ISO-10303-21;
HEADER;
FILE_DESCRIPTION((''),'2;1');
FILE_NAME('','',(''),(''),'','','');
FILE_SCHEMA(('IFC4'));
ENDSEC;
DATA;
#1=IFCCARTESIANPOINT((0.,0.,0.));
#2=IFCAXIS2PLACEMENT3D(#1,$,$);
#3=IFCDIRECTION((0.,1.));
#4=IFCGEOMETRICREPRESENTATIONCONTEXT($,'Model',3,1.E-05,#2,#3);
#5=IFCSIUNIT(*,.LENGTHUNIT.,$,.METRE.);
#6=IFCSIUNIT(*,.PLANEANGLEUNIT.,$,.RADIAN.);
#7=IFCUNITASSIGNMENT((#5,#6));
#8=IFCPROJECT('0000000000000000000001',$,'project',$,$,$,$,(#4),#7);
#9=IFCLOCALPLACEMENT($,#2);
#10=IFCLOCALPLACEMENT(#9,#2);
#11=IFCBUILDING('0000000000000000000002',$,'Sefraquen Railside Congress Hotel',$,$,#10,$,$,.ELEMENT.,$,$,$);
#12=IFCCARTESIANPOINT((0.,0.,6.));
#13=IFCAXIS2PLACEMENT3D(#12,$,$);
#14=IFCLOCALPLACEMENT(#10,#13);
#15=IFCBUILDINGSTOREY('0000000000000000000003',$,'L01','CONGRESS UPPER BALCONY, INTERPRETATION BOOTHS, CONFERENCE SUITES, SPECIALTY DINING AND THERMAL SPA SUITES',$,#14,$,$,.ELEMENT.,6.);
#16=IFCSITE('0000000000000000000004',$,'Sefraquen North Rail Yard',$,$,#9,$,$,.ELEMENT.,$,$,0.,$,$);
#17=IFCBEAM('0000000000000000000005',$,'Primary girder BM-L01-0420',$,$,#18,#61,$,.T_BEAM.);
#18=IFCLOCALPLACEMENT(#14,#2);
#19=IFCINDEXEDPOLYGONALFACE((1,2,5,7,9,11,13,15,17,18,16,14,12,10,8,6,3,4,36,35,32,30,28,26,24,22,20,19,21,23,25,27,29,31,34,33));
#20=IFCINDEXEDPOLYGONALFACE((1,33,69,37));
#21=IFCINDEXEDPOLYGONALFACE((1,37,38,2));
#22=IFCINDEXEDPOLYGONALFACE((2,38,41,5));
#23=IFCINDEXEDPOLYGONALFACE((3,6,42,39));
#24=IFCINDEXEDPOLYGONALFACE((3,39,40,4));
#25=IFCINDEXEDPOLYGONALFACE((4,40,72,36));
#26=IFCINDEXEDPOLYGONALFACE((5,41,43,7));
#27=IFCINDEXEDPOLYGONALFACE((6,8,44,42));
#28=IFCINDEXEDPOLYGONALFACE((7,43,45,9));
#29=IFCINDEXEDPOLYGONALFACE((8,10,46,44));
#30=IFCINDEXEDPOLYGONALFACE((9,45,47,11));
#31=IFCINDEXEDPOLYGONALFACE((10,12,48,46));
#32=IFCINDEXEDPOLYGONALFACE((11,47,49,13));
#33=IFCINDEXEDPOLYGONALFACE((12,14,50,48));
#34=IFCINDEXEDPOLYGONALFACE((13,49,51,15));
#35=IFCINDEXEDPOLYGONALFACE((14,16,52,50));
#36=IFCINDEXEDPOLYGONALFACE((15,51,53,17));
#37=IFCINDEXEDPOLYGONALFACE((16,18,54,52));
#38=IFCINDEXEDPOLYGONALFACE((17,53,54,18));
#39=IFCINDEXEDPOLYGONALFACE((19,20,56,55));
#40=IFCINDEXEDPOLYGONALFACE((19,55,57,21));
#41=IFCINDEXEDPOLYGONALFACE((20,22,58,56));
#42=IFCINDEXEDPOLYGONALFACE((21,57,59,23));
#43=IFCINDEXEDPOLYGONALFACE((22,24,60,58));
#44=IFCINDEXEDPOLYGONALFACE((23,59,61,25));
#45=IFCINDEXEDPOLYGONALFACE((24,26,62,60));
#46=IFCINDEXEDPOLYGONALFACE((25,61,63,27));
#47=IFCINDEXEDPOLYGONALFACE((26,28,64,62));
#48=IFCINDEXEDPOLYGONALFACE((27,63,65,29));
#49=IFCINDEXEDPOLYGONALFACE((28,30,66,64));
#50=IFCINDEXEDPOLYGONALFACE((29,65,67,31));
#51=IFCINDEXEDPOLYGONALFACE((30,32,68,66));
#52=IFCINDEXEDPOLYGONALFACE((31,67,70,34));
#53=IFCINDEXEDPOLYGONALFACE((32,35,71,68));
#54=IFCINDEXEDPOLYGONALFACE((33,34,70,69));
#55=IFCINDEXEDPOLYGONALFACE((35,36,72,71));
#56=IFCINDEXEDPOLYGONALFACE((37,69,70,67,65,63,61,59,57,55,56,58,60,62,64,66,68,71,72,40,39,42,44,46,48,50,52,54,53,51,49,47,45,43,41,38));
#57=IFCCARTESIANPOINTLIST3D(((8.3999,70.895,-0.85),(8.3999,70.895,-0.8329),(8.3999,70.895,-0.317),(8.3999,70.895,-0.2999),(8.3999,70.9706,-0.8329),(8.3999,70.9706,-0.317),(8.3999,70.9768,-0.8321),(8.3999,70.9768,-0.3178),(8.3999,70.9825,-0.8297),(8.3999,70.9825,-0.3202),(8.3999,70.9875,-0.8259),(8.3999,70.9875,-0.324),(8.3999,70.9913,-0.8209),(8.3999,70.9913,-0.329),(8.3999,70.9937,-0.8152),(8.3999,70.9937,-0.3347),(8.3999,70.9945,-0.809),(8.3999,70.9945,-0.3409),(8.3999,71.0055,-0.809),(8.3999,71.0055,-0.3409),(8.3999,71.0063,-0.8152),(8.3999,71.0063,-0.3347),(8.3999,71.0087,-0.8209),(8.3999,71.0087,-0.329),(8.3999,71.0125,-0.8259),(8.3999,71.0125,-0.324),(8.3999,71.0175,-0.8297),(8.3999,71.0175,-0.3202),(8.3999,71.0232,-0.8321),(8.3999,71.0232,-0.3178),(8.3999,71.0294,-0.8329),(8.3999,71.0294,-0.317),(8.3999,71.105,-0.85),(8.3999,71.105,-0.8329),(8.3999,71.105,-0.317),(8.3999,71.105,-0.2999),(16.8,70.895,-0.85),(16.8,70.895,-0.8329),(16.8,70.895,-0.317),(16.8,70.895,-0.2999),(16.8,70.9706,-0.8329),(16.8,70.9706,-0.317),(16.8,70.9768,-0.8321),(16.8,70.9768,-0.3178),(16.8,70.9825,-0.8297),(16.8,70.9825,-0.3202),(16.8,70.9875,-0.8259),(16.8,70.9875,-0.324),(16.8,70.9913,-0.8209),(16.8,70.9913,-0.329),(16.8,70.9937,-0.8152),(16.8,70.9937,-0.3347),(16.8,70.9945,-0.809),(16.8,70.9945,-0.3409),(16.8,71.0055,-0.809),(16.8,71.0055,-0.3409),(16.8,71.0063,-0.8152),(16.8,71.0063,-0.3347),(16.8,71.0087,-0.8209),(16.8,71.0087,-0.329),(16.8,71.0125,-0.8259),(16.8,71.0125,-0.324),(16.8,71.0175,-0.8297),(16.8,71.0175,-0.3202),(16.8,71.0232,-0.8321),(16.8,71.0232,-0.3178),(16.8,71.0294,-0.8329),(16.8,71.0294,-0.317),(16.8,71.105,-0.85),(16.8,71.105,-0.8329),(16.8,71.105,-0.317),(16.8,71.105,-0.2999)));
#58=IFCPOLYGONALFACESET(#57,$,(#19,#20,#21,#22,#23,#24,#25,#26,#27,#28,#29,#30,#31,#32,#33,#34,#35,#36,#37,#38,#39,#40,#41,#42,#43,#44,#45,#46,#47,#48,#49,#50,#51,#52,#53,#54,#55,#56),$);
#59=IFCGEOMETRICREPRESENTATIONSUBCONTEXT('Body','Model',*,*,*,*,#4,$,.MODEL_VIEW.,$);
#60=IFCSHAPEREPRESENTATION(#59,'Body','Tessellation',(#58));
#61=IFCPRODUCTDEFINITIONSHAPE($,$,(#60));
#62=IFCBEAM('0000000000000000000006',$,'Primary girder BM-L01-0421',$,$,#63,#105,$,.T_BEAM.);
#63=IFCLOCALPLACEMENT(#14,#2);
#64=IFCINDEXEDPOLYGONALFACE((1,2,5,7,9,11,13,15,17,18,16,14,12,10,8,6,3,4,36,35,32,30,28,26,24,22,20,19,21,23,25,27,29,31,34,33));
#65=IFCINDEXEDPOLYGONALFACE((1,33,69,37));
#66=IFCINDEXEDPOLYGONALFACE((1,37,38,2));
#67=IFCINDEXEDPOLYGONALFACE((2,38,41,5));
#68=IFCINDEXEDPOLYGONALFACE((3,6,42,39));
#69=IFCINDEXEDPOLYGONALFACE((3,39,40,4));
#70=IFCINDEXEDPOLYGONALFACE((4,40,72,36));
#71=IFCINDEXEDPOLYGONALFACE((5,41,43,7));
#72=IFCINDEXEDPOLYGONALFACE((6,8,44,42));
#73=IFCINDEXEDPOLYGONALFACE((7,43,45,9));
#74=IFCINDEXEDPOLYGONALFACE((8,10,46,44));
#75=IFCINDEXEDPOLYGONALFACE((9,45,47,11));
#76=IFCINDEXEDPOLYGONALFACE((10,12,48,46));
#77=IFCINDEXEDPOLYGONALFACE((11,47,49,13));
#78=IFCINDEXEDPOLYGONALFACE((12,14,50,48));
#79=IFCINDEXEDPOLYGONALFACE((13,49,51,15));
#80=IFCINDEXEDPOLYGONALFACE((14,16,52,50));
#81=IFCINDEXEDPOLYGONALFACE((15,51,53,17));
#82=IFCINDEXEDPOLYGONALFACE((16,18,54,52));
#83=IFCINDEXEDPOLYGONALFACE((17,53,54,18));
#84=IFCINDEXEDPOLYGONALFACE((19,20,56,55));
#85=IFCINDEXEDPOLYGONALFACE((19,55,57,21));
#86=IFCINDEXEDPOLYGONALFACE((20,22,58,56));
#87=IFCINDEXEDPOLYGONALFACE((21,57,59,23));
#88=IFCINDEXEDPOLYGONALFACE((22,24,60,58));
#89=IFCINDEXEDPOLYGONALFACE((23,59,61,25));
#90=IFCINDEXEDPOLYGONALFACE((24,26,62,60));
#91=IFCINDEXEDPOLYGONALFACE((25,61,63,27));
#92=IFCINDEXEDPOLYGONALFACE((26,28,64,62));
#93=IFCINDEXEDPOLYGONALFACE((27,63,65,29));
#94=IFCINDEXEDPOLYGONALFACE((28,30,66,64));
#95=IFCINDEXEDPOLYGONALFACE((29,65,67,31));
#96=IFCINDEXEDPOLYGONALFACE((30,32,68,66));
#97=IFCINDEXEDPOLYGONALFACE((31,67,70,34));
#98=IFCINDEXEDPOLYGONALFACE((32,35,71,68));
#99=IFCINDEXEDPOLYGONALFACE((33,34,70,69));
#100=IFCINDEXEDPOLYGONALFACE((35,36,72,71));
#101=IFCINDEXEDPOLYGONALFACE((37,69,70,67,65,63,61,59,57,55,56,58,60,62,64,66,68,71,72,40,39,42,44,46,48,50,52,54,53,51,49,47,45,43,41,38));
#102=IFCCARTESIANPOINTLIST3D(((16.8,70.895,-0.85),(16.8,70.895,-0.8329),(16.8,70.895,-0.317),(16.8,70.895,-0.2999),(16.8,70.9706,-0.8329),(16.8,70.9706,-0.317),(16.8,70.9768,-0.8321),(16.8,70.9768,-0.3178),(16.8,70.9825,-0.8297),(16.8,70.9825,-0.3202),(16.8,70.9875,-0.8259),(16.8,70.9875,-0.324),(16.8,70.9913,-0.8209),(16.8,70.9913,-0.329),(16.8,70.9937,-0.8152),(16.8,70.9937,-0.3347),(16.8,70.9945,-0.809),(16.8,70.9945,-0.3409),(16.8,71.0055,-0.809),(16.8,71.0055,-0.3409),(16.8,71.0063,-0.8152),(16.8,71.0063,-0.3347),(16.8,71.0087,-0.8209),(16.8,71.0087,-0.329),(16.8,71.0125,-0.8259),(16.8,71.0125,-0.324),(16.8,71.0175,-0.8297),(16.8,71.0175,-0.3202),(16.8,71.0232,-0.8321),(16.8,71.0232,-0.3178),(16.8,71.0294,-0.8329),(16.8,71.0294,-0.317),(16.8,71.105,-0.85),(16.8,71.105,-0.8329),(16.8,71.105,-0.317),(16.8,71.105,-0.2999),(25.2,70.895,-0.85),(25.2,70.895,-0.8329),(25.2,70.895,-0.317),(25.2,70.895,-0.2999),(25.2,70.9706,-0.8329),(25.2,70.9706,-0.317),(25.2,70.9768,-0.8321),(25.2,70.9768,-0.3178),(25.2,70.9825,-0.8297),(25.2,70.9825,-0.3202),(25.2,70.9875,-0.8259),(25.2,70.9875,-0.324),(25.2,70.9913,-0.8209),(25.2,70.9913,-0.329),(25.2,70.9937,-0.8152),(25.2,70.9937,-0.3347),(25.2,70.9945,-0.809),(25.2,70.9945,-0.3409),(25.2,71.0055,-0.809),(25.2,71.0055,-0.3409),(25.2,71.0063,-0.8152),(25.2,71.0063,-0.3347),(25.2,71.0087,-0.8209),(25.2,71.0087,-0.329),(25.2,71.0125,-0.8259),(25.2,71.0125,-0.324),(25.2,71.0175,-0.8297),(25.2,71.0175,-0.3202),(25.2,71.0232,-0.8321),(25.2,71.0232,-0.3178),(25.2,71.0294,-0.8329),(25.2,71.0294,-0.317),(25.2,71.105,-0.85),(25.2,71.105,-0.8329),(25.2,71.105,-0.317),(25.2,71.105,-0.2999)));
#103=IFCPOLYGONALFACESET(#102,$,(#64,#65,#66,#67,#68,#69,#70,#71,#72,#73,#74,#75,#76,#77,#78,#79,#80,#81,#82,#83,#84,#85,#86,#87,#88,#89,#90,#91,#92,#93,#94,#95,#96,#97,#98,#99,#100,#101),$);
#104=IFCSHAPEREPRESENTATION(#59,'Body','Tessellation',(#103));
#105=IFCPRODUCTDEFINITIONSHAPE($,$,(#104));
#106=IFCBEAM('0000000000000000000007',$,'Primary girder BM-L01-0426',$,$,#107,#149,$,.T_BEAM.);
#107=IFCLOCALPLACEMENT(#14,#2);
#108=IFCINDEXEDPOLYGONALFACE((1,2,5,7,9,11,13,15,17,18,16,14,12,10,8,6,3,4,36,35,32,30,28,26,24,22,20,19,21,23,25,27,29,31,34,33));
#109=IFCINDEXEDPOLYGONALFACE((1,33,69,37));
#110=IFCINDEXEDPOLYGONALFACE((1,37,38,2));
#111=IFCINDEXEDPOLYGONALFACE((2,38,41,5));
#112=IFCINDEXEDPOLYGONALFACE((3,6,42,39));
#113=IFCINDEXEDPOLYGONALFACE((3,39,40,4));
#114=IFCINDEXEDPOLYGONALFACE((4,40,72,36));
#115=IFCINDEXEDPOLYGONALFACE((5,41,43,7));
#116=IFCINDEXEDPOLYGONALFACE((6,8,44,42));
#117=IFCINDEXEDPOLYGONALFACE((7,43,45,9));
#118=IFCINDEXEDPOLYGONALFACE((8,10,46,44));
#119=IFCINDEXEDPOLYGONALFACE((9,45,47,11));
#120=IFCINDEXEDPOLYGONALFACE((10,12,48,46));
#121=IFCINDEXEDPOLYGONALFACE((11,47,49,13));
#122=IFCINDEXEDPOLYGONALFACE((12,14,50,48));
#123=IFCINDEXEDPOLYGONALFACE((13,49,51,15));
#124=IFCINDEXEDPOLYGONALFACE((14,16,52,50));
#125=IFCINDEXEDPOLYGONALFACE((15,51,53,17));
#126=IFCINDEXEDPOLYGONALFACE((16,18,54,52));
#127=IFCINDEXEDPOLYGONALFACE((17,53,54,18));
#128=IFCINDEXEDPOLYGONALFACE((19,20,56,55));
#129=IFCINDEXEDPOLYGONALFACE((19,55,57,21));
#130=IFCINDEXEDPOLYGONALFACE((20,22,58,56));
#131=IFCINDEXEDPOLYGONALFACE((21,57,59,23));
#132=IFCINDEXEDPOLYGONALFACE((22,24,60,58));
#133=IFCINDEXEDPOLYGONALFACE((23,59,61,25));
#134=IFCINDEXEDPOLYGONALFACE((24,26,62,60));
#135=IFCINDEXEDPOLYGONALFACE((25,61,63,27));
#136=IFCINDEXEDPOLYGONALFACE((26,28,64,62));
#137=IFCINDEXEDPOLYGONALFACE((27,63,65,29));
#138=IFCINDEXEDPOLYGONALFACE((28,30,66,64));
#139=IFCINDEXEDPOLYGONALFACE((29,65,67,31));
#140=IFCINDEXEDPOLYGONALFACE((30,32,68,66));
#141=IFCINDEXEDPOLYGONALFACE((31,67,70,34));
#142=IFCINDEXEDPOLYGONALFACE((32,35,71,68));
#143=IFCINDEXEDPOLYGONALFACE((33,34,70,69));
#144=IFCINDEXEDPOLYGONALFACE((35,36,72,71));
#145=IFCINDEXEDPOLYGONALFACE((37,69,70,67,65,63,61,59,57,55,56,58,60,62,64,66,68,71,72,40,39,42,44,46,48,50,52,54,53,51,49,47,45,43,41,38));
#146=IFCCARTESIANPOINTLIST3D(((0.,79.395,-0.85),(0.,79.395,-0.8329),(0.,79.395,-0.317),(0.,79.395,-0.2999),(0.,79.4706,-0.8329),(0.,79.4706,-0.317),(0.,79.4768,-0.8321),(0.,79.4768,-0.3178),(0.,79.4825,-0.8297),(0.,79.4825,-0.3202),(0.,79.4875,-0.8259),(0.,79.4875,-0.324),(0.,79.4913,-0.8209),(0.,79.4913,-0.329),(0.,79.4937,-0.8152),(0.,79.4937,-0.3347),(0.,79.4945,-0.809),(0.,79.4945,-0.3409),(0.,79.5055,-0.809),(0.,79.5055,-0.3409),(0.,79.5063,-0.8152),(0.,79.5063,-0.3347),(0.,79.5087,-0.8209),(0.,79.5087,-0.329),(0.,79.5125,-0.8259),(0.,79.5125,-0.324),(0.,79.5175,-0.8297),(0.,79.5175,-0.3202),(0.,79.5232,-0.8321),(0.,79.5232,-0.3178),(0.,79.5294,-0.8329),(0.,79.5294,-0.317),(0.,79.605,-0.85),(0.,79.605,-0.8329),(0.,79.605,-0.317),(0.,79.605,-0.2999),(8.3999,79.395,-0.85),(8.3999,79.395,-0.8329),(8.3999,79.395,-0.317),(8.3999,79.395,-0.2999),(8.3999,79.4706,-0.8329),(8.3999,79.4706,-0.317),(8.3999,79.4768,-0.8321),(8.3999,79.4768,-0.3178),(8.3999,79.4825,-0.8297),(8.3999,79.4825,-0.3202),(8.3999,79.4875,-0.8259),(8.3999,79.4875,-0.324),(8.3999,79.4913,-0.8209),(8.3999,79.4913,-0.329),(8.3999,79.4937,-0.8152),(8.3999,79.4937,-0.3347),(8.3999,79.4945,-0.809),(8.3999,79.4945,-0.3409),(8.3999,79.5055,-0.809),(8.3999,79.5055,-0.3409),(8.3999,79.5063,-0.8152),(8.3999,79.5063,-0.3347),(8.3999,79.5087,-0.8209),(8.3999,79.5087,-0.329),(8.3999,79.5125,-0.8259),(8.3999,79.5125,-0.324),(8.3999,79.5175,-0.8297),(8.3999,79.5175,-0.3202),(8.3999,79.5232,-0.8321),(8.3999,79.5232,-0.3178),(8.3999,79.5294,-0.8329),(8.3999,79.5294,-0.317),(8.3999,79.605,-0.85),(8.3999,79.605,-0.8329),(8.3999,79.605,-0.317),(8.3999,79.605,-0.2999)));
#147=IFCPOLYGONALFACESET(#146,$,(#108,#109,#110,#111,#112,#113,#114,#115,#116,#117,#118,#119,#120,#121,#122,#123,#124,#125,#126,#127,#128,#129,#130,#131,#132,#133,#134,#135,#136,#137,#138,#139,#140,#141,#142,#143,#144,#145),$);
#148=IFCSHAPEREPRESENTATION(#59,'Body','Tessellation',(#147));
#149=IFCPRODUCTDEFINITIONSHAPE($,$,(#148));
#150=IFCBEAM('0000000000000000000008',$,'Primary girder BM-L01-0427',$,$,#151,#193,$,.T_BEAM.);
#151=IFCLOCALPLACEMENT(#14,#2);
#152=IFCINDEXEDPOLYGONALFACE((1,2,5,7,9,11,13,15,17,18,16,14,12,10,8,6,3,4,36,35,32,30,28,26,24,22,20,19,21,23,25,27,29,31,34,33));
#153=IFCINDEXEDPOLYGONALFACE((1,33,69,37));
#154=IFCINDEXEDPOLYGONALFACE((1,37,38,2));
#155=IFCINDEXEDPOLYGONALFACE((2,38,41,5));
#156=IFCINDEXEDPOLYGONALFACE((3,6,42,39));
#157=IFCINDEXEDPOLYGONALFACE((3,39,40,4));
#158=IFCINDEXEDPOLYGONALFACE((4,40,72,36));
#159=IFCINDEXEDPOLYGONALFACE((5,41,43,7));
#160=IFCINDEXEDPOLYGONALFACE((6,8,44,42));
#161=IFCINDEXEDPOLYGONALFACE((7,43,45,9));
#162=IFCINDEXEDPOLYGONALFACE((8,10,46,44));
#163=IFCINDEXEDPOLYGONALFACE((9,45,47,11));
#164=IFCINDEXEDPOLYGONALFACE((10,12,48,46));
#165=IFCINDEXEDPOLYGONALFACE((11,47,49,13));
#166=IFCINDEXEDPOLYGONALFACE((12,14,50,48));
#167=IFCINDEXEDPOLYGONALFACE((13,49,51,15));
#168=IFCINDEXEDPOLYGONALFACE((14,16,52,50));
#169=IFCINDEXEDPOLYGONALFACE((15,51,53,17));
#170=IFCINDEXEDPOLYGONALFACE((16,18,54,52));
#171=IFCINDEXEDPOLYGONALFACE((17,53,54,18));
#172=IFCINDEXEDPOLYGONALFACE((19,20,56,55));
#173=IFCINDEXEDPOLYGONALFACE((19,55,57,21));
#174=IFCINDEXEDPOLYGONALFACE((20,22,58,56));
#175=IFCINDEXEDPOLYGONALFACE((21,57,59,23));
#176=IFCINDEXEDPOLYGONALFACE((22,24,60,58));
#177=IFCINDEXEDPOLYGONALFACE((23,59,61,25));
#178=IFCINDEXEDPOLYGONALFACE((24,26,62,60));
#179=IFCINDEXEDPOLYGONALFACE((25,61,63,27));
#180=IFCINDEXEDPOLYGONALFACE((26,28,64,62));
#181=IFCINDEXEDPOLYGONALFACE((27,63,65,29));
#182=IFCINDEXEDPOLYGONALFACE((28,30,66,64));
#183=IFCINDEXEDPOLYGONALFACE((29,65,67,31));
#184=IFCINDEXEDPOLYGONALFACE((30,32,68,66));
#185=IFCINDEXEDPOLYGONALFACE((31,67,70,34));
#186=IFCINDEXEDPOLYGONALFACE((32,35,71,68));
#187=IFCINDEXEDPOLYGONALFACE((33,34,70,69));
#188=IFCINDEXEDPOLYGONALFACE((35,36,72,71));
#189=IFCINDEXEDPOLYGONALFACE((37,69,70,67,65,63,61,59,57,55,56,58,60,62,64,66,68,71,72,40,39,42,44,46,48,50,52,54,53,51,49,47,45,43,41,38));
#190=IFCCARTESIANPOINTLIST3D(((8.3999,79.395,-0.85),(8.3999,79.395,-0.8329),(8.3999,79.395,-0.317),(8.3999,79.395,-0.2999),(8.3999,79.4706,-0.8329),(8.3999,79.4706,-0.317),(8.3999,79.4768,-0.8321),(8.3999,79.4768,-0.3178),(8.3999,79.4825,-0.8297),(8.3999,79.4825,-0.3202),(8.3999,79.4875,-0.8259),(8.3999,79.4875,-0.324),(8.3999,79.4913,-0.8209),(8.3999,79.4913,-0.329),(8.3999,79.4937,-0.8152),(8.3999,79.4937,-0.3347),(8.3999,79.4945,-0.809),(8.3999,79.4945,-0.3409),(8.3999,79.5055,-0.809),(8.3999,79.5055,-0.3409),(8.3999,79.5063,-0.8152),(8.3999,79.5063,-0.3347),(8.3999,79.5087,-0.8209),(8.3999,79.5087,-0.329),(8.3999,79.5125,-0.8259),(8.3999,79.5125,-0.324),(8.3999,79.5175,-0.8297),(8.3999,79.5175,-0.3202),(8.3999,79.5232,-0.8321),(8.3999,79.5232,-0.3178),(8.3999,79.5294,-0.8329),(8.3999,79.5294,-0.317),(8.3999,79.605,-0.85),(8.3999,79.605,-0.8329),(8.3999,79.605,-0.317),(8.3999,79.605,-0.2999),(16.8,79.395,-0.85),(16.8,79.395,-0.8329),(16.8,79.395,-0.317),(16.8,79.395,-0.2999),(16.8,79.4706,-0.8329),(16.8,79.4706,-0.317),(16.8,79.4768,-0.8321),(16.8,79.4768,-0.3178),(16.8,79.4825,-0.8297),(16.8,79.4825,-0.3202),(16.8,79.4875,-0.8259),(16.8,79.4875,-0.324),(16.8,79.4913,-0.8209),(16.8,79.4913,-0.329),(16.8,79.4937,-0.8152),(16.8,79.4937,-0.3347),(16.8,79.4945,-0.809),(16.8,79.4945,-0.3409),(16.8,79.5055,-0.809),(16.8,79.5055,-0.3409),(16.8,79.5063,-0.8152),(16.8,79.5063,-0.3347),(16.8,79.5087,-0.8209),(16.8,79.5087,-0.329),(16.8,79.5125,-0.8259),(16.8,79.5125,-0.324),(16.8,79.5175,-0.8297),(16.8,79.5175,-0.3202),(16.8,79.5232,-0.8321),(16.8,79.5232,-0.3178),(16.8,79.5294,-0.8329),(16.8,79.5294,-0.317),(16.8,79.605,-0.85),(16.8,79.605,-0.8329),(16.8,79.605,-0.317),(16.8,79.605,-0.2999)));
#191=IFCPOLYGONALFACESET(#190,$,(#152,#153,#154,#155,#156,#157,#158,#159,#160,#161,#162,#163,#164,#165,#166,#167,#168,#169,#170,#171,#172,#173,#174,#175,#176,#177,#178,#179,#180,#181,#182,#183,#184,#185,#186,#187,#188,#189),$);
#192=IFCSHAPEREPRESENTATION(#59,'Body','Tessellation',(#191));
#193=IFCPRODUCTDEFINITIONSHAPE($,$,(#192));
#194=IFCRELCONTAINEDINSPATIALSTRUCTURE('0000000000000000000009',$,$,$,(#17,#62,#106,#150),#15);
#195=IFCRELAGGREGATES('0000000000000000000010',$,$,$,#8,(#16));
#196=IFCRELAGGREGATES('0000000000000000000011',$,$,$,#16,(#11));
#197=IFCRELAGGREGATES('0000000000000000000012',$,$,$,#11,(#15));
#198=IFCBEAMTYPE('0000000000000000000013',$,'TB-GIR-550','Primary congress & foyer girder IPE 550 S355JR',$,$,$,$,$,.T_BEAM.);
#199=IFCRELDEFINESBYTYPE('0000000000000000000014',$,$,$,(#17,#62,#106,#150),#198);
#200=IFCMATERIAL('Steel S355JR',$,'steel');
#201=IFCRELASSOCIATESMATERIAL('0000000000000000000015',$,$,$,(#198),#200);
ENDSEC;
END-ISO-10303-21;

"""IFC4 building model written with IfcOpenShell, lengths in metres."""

from ifc_helpers import new_model, si_unit, direction, frame, origin, origin_2d, place, context, subcontext, project, spatial, i_section, extrude, material, material_profile, profile_set, type_object, element, save


model = new_model("IFC4")

# Units and contexts
model_context = context("Model", 3, precision=1e-05, world=origin(), true_north=direction((0.0, 1.0)))
body_context = subcontext(model_context, "Body", "Model", "MODEL_VIEW")
ifc_project = project(units=[si_unit("LENGTHUNIT", "METRE"), si_unit("PLANEANGLEUNIT", "RADIAN")], contexts=[model_context])

# Site, building, storey
site_placement = place(None, origin())
site = spatial("IfcSite", under=ifc_project, at=site_placement, Name="Sefraquen North Rail Yard", CompositionType="ELEMENT", RefElevation=0.0)
building_placement = place(site_placement, origin())
building = spatial("IfcBuilding", under=site, at=building_placement, Name="Sefraquen Railside Congress Hotel", CompositionType="ELEMENT")
storey_placement = place(building_placement, frame((0.0, 0.0, 6.0)))
storey = spatial("IfcBuildingStorey", under=building, at=storey_placement, Name="L01", Description="CONGRESS UPPER BALCONY, INTERPRETATION BOOTHS, CONFERENCE SUITES, SPECIALTY DINING AND THERMAL SPA SUITES", CompositionType="ELEMENT", Elevation=6.0)

# Shared definitions
ifc_material_1 = material(Name="Steel S355JR", Category="steel")

# Beams
ifc_material_profile_1 = material_profile(ifc_material_1, i_section(OverallWidth=0.21, OverallDepth=0.55, WebThickness=0.011, FlangeThickness=0.0171, FilletRadius=0.0239, at=origin_2d()), Name="IPE 550")
ifc_profile_set_1 = profile_set([ifc_material_profile_1], Name="Steel S355JR")
beam_type_1 = type_object("IfcBeamType", Name="TB-GIR-550", Description="Primary congress & foyer girder IPE 550 S355JR", PredefinedType="T_BEAM", material=ifc_profile_set_1)
beam_1_placement = place(storey_placement, frame((8.3999, 71.0, -0.575), z_axis=(1.0, 0.0, 0.0), x_axis=(0.0, 1.0, 0.0)))
element("IfcBeam", 1, at=beam_1_placement, inside=storey, type_object=beam_type_1, Name="Primary girder BM-L01-0420", PredefinedType="T_BEAM", context=body_context, shape_type="SweptSolid", body=[
    extrude(i_section(OverallWidth=0.21, OverallDepth=0.55, WebThickness=0.011, FlangeThickness=0.0171, FilletRadius=0.0239, at=origin_2d()), origin(), (0.0, 0.0, 1.0), 8.4001),
])
for number, where, z_axis, x_axis, name in (
    (2, (16.8, 71.0, -0.575), (1.0, 0.0, 0.0), (0.0, 1.0, 0.0), "Primary girder BM-L01-0421"),
    (3, (0.0, 79.5, -0.575), (1.0, 0.0, 0.0), (0.0, 1.0, 0.0), "Primary girder BM-L01-0426"),
):
    element("IfcBeam", number, at=place(storey_placement, frame(where, z_axis=z_axis, x_axis=x_axis)), inside=storey, type_object=beam_type_1, Name=name, PredefinedType="T_BEAM", context=body_context, shape_type="SweptSolid", body=[
        extrude(i_section(OverallWidth=0.21, OverallDepth=0.55, WebThickness=0.011, FlangeThickness=0.0171, FilletRadius=0.0239, at=origin_2d()), origin(), (0.0, 0.0, 1.0), 8.3999),
    ])
beam_2_placement = place(storey_placement, frame((8.3999, 79.5, -0.575), z_axis=(1.0, 0.0, 0.0), x_axis=(0.0, 1.0, 0.0)))
element("IfcBeam", 4, at=beam_2_placement, inside=storey, type_object=beam_type_1, Name="Primary girder BM-L01-0427", PredefinedType="T_BEAM", context=body_context, shape_type="SweptSolid", body=[
    extrude(i_section(OverallWidth=0.21, OverallDepth=0.55, WebThickness=0.011, FlangeThickness=0.0171, FilletRadius=0.0239, at=origin_2d()), origin(), (0.0, 0.0, 1.0), 8.4001),
])

save(model, "model.ifc")
